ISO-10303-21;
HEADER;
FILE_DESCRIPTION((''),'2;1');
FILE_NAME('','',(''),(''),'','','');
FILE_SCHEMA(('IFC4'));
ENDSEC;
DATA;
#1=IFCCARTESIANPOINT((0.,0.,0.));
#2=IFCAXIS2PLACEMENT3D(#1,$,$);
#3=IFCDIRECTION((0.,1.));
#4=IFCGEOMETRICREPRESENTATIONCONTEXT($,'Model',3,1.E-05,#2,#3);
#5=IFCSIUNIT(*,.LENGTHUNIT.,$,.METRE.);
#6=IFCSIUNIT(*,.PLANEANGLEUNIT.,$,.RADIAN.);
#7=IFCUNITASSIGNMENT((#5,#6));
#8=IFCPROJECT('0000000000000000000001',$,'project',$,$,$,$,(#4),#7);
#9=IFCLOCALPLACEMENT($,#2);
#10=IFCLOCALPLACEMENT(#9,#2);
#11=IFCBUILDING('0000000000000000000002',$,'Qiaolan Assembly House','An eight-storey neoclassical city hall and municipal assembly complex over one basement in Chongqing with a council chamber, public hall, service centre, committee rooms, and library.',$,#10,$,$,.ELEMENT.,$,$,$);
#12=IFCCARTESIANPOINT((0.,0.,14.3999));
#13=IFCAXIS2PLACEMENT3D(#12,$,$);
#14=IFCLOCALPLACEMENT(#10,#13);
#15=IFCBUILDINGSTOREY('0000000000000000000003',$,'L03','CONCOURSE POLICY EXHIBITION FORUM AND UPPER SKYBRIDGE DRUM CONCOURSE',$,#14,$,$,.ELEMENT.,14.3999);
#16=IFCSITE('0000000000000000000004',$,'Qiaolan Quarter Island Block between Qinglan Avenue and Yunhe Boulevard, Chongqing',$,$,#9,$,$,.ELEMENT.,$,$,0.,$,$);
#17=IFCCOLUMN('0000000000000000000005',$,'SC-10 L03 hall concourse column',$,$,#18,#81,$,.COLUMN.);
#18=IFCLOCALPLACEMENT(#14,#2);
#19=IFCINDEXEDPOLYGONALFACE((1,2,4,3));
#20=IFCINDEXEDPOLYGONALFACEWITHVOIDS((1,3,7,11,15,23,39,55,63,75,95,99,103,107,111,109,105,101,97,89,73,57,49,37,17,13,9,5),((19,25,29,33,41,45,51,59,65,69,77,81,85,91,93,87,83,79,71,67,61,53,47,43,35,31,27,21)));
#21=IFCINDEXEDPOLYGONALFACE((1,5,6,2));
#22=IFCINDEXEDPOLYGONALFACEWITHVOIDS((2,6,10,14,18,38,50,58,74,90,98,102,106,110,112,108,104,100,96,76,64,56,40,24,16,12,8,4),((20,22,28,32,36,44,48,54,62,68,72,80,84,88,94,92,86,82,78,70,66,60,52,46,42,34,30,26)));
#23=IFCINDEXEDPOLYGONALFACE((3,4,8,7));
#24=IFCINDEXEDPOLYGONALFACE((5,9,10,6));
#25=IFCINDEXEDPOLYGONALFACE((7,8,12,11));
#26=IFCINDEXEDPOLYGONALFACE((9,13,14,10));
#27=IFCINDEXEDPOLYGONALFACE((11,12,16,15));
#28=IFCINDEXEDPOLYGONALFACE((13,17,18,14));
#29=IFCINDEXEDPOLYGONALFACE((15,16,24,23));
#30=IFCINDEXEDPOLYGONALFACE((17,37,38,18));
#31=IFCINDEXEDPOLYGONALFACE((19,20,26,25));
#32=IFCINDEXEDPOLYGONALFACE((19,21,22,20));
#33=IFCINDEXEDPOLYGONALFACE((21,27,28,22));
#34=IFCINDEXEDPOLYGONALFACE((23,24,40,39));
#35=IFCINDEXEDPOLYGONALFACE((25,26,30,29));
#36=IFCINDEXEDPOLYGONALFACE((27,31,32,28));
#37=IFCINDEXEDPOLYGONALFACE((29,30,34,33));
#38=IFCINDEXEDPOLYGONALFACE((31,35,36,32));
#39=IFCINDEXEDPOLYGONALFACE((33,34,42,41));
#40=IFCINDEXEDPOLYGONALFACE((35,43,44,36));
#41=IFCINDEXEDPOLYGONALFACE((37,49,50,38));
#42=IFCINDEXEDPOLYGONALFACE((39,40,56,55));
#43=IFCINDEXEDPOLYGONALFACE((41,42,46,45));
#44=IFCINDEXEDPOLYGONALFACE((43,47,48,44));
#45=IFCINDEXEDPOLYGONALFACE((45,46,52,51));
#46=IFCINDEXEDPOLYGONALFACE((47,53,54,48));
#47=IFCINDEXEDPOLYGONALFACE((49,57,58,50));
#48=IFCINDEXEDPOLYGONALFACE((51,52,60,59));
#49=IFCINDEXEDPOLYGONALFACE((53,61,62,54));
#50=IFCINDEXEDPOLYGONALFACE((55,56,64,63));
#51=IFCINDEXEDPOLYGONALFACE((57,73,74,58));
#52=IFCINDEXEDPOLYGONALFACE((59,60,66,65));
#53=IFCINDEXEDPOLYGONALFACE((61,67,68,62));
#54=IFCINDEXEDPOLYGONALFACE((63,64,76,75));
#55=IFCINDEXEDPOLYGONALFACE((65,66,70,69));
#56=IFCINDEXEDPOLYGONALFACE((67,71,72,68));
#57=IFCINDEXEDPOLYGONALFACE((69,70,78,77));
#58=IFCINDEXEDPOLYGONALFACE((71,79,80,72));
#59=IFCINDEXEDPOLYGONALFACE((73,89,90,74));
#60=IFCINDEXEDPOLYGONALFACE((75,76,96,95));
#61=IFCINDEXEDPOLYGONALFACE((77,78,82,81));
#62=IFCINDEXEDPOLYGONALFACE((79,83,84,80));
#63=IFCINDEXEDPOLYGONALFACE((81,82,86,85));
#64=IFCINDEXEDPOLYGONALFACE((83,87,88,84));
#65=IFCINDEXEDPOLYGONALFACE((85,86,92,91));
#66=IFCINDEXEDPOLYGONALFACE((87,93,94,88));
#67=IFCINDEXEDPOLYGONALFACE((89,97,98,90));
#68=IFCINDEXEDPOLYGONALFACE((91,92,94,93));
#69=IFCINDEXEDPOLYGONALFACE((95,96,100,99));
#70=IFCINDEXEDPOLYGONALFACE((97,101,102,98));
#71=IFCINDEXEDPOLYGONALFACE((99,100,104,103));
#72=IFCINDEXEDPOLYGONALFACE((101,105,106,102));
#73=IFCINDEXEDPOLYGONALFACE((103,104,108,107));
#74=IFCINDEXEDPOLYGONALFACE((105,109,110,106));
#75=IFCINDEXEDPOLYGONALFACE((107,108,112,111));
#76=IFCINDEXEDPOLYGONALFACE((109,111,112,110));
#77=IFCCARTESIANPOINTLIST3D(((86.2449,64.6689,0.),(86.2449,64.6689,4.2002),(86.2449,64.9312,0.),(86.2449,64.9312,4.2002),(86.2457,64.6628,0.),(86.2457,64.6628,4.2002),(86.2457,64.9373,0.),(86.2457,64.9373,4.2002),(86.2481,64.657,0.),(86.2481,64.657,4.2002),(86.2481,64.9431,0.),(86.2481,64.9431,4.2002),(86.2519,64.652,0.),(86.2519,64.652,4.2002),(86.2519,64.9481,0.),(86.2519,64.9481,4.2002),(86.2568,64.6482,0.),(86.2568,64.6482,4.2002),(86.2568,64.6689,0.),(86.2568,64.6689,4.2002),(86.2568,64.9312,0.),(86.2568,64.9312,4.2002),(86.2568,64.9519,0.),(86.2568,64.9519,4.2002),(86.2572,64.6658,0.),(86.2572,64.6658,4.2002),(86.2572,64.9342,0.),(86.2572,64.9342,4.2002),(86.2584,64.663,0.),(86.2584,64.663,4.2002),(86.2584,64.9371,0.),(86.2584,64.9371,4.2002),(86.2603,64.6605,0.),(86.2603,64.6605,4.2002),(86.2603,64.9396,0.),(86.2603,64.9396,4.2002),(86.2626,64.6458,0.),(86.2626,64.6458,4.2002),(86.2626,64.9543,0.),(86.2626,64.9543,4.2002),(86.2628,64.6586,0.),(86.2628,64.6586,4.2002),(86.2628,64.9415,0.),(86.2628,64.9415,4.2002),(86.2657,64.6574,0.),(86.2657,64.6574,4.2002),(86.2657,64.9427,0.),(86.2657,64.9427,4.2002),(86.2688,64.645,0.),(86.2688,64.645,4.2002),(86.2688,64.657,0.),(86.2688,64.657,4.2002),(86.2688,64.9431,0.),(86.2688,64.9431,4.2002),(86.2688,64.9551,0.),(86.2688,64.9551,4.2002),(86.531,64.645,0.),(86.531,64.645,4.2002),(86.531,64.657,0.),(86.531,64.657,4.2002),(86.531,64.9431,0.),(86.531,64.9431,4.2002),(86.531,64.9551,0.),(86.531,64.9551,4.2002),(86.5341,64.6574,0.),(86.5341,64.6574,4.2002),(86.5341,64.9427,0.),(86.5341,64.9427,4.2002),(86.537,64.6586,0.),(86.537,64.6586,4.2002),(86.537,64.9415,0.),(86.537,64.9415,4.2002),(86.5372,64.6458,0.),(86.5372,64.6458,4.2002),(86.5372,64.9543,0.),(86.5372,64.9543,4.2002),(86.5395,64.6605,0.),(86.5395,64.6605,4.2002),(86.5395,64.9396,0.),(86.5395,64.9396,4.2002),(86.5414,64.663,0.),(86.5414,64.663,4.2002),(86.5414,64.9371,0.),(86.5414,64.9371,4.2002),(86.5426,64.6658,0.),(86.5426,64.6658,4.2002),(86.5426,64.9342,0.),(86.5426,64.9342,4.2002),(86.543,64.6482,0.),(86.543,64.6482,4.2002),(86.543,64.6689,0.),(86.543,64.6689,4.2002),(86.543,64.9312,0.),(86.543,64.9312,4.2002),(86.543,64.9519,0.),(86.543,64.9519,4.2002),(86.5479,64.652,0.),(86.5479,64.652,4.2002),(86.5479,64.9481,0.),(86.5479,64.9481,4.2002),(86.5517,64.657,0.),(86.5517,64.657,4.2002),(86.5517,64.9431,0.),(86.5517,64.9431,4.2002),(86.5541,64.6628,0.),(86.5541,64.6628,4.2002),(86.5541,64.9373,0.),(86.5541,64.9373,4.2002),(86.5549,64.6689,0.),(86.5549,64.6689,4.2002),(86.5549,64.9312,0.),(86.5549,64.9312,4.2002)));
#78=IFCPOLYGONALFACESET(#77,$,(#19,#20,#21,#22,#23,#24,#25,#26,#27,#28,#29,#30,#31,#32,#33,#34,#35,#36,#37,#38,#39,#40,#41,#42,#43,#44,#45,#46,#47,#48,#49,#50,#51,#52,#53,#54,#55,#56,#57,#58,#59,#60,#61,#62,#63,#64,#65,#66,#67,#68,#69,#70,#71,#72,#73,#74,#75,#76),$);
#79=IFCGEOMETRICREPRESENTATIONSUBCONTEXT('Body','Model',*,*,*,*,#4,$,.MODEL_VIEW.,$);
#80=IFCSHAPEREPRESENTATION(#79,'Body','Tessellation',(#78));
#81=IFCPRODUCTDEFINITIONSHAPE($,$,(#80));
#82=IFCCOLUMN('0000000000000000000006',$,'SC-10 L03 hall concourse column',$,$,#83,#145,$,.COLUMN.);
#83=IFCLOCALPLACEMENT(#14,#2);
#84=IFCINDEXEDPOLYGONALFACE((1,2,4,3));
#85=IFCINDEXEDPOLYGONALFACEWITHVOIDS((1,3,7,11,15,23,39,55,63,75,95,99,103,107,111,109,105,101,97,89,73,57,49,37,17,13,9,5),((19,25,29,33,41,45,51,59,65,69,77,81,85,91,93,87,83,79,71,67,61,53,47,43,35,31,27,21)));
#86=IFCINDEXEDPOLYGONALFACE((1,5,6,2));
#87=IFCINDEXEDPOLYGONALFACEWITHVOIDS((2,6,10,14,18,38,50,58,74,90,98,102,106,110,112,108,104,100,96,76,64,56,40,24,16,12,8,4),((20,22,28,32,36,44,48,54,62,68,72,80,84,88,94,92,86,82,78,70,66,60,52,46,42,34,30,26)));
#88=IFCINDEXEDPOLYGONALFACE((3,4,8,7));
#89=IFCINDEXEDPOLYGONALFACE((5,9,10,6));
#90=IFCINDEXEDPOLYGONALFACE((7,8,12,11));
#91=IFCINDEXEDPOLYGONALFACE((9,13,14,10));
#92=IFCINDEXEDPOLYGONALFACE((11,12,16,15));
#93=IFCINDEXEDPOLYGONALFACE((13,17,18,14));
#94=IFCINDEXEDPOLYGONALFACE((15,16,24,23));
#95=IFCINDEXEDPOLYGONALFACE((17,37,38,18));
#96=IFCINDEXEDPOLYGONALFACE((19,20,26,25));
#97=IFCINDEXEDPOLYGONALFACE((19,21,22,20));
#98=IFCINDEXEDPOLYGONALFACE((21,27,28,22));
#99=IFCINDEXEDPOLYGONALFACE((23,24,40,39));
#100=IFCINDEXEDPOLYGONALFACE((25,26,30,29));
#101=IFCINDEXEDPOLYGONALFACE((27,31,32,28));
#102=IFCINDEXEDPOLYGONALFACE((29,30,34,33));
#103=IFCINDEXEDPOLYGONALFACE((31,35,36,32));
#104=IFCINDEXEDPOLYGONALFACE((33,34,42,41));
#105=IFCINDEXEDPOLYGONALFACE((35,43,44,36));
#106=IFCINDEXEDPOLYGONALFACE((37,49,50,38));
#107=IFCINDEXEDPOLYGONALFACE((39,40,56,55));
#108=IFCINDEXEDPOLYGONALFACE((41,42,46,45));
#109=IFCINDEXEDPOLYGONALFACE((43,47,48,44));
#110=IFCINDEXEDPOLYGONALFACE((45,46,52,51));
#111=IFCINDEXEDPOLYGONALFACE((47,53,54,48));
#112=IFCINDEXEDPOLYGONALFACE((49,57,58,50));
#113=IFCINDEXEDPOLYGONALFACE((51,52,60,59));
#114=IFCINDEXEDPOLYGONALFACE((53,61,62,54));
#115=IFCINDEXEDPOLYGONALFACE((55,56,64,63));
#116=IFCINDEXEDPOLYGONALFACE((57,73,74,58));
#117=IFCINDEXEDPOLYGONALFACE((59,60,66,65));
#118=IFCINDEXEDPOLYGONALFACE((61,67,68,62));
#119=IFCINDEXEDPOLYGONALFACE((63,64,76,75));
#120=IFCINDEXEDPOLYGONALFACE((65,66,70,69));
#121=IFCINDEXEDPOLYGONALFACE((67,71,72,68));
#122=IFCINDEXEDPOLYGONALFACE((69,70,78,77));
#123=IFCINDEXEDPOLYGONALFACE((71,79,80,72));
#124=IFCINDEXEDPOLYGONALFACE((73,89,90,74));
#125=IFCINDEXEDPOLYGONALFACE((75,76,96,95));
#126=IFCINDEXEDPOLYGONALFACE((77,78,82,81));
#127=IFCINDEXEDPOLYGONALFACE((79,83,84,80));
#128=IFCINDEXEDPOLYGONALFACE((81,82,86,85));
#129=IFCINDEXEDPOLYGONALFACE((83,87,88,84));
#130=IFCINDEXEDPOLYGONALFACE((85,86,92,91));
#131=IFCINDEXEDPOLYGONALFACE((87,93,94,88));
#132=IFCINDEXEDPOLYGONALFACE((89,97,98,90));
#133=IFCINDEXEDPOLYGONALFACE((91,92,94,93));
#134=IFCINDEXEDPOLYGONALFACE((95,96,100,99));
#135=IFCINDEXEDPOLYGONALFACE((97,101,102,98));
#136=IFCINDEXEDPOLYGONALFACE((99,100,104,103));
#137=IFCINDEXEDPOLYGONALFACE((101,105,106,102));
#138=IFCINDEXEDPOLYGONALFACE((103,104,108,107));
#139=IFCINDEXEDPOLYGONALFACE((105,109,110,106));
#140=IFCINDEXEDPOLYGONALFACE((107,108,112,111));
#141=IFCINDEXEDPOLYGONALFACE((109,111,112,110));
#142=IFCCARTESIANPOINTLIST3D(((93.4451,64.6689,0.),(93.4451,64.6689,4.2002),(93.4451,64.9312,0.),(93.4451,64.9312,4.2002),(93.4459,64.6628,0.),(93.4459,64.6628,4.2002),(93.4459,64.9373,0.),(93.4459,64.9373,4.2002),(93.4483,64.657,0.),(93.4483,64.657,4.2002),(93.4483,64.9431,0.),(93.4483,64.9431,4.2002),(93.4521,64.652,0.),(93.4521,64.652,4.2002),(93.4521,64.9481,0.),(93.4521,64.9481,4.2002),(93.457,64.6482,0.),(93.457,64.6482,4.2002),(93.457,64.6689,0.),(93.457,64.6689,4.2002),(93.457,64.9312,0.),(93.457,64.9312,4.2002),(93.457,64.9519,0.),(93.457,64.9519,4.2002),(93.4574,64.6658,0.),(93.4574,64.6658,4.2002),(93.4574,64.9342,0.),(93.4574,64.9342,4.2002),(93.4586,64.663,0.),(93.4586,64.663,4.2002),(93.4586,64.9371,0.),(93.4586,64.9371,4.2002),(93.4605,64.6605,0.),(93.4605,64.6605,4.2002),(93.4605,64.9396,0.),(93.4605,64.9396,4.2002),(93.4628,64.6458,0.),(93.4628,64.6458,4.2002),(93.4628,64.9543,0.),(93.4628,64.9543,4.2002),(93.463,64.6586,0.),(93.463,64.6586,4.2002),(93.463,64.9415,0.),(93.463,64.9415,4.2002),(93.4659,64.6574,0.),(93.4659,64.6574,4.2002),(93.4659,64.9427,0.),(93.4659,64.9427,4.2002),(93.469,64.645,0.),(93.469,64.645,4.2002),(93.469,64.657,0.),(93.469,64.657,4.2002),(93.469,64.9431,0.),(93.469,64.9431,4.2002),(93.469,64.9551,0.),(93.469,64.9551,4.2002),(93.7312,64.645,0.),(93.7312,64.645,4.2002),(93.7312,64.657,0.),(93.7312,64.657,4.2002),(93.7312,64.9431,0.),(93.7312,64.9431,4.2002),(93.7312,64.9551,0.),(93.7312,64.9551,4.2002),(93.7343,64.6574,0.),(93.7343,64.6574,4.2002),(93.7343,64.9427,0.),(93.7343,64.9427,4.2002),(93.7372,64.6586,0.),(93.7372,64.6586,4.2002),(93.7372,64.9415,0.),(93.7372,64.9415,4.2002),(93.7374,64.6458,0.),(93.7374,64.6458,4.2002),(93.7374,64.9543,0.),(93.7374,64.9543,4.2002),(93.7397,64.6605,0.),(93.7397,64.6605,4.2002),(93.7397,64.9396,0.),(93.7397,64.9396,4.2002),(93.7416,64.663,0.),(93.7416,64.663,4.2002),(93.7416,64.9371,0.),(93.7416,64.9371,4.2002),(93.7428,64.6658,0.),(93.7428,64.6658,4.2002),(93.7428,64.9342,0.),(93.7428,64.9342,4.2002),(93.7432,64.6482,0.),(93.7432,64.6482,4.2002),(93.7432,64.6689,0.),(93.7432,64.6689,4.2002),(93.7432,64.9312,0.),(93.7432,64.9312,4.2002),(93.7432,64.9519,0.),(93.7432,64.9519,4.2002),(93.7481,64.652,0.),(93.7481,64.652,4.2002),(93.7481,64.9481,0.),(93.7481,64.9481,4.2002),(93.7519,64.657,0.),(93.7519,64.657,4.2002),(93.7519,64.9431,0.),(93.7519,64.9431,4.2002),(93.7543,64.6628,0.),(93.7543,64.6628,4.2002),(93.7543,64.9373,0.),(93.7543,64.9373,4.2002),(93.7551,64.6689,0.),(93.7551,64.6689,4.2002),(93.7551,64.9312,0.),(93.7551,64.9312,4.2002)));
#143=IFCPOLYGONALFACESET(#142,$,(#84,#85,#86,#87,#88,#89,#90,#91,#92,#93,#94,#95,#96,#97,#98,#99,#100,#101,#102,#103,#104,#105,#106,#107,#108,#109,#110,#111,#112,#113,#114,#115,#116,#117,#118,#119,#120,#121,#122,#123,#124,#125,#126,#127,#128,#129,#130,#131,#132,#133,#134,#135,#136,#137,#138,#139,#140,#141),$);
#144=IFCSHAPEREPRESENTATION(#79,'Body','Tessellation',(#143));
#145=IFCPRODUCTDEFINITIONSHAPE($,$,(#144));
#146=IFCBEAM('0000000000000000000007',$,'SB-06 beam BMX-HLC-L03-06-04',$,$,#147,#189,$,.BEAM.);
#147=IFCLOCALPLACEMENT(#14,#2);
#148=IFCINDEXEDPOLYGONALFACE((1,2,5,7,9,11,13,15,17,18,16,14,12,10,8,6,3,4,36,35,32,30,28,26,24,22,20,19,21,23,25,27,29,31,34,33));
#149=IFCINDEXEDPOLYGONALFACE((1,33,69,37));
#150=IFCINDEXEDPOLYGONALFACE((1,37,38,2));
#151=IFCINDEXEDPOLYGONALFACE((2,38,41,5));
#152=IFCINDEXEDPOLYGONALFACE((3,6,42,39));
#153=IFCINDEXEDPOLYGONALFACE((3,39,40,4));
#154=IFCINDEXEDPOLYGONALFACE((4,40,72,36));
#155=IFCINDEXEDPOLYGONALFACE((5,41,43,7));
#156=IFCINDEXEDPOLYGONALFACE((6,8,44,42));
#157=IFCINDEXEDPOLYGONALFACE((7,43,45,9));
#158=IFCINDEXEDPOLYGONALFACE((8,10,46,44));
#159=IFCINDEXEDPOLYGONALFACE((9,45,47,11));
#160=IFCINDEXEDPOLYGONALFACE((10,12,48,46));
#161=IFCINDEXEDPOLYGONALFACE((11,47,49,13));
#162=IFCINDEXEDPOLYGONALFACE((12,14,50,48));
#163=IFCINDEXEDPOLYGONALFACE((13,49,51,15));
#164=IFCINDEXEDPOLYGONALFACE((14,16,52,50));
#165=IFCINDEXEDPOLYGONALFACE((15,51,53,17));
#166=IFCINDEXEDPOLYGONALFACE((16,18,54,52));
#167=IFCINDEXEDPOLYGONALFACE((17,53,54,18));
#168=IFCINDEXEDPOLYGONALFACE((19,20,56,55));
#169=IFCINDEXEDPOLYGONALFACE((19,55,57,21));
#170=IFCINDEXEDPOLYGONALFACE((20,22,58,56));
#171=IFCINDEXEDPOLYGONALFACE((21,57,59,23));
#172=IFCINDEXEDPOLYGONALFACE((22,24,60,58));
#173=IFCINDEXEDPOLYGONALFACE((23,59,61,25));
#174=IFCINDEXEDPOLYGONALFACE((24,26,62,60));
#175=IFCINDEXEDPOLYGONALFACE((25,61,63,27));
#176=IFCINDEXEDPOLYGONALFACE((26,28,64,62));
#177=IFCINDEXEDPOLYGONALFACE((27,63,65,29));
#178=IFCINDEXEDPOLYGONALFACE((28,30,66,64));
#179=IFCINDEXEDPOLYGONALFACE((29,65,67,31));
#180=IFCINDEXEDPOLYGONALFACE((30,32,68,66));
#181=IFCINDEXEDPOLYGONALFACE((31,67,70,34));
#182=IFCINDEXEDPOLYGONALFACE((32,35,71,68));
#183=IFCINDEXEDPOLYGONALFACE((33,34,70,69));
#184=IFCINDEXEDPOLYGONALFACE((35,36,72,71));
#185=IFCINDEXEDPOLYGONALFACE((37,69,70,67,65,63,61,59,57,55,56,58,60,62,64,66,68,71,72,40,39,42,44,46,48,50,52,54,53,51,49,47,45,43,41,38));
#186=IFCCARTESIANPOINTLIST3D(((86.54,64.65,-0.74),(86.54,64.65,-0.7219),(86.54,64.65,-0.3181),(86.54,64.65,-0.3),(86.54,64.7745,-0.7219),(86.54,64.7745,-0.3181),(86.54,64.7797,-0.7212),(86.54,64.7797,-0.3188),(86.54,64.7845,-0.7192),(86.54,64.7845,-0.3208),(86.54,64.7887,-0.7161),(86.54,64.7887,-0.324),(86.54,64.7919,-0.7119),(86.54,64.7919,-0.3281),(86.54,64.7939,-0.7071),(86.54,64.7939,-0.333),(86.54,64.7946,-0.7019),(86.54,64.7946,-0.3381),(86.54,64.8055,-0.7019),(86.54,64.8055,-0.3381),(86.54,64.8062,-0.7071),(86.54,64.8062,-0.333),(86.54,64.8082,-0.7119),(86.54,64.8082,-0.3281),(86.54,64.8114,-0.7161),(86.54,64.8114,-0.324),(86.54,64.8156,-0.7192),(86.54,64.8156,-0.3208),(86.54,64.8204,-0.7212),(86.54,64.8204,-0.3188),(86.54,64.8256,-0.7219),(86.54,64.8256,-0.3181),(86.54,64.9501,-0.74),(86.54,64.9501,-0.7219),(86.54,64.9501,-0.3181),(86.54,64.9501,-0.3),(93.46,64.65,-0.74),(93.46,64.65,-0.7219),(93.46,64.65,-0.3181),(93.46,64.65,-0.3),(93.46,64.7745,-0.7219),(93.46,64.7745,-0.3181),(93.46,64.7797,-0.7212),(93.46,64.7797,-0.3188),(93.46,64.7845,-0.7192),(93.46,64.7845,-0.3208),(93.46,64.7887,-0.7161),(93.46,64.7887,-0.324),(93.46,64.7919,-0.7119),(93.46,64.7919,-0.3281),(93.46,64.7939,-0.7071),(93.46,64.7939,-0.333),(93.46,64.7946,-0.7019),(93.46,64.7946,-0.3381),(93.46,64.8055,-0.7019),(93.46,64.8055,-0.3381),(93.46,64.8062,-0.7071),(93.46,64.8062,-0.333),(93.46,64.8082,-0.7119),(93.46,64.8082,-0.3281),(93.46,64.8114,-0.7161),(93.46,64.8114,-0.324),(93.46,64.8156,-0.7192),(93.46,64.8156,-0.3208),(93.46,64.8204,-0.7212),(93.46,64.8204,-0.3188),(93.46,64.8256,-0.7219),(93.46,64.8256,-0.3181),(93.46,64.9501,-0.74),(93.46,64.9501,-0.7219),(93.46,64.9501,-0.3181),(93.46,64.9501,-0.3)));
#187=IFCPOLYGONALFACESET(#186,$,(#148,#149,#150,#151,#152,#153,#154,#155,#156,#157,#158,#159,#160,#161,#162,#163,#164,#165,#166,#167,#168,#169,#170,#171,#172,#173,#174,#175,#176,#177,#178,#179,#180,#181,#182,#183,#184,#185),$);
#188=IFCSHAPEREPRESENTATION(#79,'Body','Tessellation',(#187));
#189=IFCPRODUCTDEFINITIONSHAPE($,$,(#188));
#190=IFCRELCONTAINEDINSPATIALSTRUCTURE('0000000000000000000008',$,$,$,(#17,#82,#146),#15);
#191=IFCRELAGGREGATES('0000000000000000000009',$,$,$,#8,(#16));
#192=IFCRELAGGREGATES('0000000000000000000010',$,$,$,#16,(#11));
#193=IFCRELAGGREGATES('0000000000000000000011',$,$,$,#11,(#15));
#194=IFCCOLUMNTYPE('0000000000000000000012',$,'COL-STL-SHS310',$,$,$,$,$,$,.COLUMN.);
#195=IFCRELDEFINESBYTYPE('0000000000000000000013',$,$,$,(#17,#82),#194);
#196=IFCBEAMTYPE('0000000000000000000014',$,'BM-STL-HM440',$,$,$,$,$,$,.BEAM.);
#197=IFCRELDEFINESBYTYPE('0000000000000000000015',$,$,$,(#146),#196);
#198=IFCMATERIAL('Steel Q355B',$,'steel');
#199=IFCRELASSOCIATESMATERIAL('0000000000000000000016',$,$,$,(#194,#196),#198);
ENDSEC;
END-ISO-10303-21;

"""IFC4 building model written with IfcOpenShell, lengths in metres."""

from ifc_helpers import new_model, si_unit, direction, frame, origin, origin_2d, place, context, subcontext, project, spatial, hollow_rectangle, i_section, extrude, material, material_profile, profile_set, type_object, element, save


model = new_model("IFC4")

# Units and contexts
model_context = context("Model", 3, precision=1e-05, world=origin(), true_north=direction((0.0, 1.0)))
body_context = subcontext(model_context, "Body", "Model", "MODEL_VIEW")
ifc_project = project(units=[si_unit("LENGTHUNIT", "METRE"), si_unit("PLANEANGLEUNIT", "RADIAN")], contexts=[model_context])

# Site, building, storey
site_placement = place(None, origin())
site = spatial("IfcSite", under=ifc_project, at=site_placement, Name="Qiaolan Quarter Island Block between Qinglan Avenue and Yunhe Boulevard, Chongqing", CompositionType="ELEMENT", RefElevation=0.0)
building_placement = place(site_placement, origin())
building = spatial("IfcBuilding", under=site, at=building_placement, Name="Qiaolan Assembly House", Description="An eight-storey neoclassical city hall and municipal assembly complex over one basement in Chongqing with a council chamber, public hall, service centre, committee rooms, and library.", CompositionType="ELEMENT")
storey_placement = place(building_placement, frame((0.0, 0.0, 14.3999)))
storey = spatial("IfcBuildingStorey", under=building, at=storey_placement, Name="L03", Description="CONCOURSE POLICY EXHIBITION FORUM AND UPPER SKYBRIDGE DRUM CONCOURSE", CompositionType="ELEMENT", Elevation=14.3999)

# Columns
ifc_material_1 = material(Name="Steel Q355B", Category="steel")
ifc_material_profile_1 = material_profile(ifc_material_1, hollow_rectangle(XDim=0.3101, YDim=0.3101, WallThickness=0.012, InnerFilletRadius=0.012, OuterFilletRadius=0.0239, at=origin_2d()), Name="SHS 310x310x12")
ifc_profile_set_1 = profile_set([ifc_material_profile_1], Name="Steel Q355B")
column_type = type_object("IfcColumnType", Name="COL-STL-SHS310", PredefinedType="COLUMN", material=ifc_profile_set_1)
for number, where, z_axis, x_axis, name in (
    (1, (86.3999, 64.8, 0.0), (0.0, 0.0, 1.0), (1.0, 0.0, 0.0), "SC-10 L03 hall concourse column"),
    (2, (93.6001, 64.8, 0.0), (0.0, 0.0, 1.0), (1.0, 0.0, 0.0), "SC-10 L03 hall concourse column"),
):
    element("IfcColumn", number, at=place(storey_placement, frame(where, z_axis=z_axis, x_axis=x_axis)), inside=storey, type_object=column_type, Name=name, PredefinedType="COLUMN", context=body_context, shape_type="SweptSolid", body=[
        extrude(hollow_rectangle(XDim=0.3101, YDim=0.3101, WallThickness=0.012, InnerFilletRadius=0.012, OuterFilletRadius=0.0239, at=origin_2d()), origin(), (0.0, 0.0, 1.0), 4.2002),
    ])

# Beam
ifc_material_profile_2 = material_profile(ifc_material_1, i_section(OverallWidth=0.3, OverallDepth=0.4399, WebThickness=0.011, FlangeThickness=0.0181, FilletRadius=0.02, at=origin_2d()), Name="HM 440x300x11x18")
ifc_profile_set_2 = profile_set([ifc_material_profile_2], Name="Steel Q355B")
beam_type_1 = type_object("IfcBeamType", Name="BM-STL-HM440", PredefinedType="BEAM", material=ifc_profile_set_2)
beam_1_placement = place(storey_placement, frame((86.54, 64.8, -0.52), z_axis=(1.0, 0.0, 0.0), x_axis=(0.0, 1.0, 0.0)))
element("IfcBeam", 3, at=beam_1_placement, inside=storey, type_object=beam_type_1, Name="SB-06 beam BMX-HLC-L03-06-04", PredefinedType="BEAM", context=body_context, shape_type="SweptSolid", body=[
    extrude(i_section(OverallWidth=0.3, OverallDepth=0.4399, WebThickness=0.011, FlangeThickness=0.0181, FilletRadius=0.02, at=origin_2d()), origin(), (0.0, 0.0, 1.0), 6.9199),
])

save(model, "model.ifc")
